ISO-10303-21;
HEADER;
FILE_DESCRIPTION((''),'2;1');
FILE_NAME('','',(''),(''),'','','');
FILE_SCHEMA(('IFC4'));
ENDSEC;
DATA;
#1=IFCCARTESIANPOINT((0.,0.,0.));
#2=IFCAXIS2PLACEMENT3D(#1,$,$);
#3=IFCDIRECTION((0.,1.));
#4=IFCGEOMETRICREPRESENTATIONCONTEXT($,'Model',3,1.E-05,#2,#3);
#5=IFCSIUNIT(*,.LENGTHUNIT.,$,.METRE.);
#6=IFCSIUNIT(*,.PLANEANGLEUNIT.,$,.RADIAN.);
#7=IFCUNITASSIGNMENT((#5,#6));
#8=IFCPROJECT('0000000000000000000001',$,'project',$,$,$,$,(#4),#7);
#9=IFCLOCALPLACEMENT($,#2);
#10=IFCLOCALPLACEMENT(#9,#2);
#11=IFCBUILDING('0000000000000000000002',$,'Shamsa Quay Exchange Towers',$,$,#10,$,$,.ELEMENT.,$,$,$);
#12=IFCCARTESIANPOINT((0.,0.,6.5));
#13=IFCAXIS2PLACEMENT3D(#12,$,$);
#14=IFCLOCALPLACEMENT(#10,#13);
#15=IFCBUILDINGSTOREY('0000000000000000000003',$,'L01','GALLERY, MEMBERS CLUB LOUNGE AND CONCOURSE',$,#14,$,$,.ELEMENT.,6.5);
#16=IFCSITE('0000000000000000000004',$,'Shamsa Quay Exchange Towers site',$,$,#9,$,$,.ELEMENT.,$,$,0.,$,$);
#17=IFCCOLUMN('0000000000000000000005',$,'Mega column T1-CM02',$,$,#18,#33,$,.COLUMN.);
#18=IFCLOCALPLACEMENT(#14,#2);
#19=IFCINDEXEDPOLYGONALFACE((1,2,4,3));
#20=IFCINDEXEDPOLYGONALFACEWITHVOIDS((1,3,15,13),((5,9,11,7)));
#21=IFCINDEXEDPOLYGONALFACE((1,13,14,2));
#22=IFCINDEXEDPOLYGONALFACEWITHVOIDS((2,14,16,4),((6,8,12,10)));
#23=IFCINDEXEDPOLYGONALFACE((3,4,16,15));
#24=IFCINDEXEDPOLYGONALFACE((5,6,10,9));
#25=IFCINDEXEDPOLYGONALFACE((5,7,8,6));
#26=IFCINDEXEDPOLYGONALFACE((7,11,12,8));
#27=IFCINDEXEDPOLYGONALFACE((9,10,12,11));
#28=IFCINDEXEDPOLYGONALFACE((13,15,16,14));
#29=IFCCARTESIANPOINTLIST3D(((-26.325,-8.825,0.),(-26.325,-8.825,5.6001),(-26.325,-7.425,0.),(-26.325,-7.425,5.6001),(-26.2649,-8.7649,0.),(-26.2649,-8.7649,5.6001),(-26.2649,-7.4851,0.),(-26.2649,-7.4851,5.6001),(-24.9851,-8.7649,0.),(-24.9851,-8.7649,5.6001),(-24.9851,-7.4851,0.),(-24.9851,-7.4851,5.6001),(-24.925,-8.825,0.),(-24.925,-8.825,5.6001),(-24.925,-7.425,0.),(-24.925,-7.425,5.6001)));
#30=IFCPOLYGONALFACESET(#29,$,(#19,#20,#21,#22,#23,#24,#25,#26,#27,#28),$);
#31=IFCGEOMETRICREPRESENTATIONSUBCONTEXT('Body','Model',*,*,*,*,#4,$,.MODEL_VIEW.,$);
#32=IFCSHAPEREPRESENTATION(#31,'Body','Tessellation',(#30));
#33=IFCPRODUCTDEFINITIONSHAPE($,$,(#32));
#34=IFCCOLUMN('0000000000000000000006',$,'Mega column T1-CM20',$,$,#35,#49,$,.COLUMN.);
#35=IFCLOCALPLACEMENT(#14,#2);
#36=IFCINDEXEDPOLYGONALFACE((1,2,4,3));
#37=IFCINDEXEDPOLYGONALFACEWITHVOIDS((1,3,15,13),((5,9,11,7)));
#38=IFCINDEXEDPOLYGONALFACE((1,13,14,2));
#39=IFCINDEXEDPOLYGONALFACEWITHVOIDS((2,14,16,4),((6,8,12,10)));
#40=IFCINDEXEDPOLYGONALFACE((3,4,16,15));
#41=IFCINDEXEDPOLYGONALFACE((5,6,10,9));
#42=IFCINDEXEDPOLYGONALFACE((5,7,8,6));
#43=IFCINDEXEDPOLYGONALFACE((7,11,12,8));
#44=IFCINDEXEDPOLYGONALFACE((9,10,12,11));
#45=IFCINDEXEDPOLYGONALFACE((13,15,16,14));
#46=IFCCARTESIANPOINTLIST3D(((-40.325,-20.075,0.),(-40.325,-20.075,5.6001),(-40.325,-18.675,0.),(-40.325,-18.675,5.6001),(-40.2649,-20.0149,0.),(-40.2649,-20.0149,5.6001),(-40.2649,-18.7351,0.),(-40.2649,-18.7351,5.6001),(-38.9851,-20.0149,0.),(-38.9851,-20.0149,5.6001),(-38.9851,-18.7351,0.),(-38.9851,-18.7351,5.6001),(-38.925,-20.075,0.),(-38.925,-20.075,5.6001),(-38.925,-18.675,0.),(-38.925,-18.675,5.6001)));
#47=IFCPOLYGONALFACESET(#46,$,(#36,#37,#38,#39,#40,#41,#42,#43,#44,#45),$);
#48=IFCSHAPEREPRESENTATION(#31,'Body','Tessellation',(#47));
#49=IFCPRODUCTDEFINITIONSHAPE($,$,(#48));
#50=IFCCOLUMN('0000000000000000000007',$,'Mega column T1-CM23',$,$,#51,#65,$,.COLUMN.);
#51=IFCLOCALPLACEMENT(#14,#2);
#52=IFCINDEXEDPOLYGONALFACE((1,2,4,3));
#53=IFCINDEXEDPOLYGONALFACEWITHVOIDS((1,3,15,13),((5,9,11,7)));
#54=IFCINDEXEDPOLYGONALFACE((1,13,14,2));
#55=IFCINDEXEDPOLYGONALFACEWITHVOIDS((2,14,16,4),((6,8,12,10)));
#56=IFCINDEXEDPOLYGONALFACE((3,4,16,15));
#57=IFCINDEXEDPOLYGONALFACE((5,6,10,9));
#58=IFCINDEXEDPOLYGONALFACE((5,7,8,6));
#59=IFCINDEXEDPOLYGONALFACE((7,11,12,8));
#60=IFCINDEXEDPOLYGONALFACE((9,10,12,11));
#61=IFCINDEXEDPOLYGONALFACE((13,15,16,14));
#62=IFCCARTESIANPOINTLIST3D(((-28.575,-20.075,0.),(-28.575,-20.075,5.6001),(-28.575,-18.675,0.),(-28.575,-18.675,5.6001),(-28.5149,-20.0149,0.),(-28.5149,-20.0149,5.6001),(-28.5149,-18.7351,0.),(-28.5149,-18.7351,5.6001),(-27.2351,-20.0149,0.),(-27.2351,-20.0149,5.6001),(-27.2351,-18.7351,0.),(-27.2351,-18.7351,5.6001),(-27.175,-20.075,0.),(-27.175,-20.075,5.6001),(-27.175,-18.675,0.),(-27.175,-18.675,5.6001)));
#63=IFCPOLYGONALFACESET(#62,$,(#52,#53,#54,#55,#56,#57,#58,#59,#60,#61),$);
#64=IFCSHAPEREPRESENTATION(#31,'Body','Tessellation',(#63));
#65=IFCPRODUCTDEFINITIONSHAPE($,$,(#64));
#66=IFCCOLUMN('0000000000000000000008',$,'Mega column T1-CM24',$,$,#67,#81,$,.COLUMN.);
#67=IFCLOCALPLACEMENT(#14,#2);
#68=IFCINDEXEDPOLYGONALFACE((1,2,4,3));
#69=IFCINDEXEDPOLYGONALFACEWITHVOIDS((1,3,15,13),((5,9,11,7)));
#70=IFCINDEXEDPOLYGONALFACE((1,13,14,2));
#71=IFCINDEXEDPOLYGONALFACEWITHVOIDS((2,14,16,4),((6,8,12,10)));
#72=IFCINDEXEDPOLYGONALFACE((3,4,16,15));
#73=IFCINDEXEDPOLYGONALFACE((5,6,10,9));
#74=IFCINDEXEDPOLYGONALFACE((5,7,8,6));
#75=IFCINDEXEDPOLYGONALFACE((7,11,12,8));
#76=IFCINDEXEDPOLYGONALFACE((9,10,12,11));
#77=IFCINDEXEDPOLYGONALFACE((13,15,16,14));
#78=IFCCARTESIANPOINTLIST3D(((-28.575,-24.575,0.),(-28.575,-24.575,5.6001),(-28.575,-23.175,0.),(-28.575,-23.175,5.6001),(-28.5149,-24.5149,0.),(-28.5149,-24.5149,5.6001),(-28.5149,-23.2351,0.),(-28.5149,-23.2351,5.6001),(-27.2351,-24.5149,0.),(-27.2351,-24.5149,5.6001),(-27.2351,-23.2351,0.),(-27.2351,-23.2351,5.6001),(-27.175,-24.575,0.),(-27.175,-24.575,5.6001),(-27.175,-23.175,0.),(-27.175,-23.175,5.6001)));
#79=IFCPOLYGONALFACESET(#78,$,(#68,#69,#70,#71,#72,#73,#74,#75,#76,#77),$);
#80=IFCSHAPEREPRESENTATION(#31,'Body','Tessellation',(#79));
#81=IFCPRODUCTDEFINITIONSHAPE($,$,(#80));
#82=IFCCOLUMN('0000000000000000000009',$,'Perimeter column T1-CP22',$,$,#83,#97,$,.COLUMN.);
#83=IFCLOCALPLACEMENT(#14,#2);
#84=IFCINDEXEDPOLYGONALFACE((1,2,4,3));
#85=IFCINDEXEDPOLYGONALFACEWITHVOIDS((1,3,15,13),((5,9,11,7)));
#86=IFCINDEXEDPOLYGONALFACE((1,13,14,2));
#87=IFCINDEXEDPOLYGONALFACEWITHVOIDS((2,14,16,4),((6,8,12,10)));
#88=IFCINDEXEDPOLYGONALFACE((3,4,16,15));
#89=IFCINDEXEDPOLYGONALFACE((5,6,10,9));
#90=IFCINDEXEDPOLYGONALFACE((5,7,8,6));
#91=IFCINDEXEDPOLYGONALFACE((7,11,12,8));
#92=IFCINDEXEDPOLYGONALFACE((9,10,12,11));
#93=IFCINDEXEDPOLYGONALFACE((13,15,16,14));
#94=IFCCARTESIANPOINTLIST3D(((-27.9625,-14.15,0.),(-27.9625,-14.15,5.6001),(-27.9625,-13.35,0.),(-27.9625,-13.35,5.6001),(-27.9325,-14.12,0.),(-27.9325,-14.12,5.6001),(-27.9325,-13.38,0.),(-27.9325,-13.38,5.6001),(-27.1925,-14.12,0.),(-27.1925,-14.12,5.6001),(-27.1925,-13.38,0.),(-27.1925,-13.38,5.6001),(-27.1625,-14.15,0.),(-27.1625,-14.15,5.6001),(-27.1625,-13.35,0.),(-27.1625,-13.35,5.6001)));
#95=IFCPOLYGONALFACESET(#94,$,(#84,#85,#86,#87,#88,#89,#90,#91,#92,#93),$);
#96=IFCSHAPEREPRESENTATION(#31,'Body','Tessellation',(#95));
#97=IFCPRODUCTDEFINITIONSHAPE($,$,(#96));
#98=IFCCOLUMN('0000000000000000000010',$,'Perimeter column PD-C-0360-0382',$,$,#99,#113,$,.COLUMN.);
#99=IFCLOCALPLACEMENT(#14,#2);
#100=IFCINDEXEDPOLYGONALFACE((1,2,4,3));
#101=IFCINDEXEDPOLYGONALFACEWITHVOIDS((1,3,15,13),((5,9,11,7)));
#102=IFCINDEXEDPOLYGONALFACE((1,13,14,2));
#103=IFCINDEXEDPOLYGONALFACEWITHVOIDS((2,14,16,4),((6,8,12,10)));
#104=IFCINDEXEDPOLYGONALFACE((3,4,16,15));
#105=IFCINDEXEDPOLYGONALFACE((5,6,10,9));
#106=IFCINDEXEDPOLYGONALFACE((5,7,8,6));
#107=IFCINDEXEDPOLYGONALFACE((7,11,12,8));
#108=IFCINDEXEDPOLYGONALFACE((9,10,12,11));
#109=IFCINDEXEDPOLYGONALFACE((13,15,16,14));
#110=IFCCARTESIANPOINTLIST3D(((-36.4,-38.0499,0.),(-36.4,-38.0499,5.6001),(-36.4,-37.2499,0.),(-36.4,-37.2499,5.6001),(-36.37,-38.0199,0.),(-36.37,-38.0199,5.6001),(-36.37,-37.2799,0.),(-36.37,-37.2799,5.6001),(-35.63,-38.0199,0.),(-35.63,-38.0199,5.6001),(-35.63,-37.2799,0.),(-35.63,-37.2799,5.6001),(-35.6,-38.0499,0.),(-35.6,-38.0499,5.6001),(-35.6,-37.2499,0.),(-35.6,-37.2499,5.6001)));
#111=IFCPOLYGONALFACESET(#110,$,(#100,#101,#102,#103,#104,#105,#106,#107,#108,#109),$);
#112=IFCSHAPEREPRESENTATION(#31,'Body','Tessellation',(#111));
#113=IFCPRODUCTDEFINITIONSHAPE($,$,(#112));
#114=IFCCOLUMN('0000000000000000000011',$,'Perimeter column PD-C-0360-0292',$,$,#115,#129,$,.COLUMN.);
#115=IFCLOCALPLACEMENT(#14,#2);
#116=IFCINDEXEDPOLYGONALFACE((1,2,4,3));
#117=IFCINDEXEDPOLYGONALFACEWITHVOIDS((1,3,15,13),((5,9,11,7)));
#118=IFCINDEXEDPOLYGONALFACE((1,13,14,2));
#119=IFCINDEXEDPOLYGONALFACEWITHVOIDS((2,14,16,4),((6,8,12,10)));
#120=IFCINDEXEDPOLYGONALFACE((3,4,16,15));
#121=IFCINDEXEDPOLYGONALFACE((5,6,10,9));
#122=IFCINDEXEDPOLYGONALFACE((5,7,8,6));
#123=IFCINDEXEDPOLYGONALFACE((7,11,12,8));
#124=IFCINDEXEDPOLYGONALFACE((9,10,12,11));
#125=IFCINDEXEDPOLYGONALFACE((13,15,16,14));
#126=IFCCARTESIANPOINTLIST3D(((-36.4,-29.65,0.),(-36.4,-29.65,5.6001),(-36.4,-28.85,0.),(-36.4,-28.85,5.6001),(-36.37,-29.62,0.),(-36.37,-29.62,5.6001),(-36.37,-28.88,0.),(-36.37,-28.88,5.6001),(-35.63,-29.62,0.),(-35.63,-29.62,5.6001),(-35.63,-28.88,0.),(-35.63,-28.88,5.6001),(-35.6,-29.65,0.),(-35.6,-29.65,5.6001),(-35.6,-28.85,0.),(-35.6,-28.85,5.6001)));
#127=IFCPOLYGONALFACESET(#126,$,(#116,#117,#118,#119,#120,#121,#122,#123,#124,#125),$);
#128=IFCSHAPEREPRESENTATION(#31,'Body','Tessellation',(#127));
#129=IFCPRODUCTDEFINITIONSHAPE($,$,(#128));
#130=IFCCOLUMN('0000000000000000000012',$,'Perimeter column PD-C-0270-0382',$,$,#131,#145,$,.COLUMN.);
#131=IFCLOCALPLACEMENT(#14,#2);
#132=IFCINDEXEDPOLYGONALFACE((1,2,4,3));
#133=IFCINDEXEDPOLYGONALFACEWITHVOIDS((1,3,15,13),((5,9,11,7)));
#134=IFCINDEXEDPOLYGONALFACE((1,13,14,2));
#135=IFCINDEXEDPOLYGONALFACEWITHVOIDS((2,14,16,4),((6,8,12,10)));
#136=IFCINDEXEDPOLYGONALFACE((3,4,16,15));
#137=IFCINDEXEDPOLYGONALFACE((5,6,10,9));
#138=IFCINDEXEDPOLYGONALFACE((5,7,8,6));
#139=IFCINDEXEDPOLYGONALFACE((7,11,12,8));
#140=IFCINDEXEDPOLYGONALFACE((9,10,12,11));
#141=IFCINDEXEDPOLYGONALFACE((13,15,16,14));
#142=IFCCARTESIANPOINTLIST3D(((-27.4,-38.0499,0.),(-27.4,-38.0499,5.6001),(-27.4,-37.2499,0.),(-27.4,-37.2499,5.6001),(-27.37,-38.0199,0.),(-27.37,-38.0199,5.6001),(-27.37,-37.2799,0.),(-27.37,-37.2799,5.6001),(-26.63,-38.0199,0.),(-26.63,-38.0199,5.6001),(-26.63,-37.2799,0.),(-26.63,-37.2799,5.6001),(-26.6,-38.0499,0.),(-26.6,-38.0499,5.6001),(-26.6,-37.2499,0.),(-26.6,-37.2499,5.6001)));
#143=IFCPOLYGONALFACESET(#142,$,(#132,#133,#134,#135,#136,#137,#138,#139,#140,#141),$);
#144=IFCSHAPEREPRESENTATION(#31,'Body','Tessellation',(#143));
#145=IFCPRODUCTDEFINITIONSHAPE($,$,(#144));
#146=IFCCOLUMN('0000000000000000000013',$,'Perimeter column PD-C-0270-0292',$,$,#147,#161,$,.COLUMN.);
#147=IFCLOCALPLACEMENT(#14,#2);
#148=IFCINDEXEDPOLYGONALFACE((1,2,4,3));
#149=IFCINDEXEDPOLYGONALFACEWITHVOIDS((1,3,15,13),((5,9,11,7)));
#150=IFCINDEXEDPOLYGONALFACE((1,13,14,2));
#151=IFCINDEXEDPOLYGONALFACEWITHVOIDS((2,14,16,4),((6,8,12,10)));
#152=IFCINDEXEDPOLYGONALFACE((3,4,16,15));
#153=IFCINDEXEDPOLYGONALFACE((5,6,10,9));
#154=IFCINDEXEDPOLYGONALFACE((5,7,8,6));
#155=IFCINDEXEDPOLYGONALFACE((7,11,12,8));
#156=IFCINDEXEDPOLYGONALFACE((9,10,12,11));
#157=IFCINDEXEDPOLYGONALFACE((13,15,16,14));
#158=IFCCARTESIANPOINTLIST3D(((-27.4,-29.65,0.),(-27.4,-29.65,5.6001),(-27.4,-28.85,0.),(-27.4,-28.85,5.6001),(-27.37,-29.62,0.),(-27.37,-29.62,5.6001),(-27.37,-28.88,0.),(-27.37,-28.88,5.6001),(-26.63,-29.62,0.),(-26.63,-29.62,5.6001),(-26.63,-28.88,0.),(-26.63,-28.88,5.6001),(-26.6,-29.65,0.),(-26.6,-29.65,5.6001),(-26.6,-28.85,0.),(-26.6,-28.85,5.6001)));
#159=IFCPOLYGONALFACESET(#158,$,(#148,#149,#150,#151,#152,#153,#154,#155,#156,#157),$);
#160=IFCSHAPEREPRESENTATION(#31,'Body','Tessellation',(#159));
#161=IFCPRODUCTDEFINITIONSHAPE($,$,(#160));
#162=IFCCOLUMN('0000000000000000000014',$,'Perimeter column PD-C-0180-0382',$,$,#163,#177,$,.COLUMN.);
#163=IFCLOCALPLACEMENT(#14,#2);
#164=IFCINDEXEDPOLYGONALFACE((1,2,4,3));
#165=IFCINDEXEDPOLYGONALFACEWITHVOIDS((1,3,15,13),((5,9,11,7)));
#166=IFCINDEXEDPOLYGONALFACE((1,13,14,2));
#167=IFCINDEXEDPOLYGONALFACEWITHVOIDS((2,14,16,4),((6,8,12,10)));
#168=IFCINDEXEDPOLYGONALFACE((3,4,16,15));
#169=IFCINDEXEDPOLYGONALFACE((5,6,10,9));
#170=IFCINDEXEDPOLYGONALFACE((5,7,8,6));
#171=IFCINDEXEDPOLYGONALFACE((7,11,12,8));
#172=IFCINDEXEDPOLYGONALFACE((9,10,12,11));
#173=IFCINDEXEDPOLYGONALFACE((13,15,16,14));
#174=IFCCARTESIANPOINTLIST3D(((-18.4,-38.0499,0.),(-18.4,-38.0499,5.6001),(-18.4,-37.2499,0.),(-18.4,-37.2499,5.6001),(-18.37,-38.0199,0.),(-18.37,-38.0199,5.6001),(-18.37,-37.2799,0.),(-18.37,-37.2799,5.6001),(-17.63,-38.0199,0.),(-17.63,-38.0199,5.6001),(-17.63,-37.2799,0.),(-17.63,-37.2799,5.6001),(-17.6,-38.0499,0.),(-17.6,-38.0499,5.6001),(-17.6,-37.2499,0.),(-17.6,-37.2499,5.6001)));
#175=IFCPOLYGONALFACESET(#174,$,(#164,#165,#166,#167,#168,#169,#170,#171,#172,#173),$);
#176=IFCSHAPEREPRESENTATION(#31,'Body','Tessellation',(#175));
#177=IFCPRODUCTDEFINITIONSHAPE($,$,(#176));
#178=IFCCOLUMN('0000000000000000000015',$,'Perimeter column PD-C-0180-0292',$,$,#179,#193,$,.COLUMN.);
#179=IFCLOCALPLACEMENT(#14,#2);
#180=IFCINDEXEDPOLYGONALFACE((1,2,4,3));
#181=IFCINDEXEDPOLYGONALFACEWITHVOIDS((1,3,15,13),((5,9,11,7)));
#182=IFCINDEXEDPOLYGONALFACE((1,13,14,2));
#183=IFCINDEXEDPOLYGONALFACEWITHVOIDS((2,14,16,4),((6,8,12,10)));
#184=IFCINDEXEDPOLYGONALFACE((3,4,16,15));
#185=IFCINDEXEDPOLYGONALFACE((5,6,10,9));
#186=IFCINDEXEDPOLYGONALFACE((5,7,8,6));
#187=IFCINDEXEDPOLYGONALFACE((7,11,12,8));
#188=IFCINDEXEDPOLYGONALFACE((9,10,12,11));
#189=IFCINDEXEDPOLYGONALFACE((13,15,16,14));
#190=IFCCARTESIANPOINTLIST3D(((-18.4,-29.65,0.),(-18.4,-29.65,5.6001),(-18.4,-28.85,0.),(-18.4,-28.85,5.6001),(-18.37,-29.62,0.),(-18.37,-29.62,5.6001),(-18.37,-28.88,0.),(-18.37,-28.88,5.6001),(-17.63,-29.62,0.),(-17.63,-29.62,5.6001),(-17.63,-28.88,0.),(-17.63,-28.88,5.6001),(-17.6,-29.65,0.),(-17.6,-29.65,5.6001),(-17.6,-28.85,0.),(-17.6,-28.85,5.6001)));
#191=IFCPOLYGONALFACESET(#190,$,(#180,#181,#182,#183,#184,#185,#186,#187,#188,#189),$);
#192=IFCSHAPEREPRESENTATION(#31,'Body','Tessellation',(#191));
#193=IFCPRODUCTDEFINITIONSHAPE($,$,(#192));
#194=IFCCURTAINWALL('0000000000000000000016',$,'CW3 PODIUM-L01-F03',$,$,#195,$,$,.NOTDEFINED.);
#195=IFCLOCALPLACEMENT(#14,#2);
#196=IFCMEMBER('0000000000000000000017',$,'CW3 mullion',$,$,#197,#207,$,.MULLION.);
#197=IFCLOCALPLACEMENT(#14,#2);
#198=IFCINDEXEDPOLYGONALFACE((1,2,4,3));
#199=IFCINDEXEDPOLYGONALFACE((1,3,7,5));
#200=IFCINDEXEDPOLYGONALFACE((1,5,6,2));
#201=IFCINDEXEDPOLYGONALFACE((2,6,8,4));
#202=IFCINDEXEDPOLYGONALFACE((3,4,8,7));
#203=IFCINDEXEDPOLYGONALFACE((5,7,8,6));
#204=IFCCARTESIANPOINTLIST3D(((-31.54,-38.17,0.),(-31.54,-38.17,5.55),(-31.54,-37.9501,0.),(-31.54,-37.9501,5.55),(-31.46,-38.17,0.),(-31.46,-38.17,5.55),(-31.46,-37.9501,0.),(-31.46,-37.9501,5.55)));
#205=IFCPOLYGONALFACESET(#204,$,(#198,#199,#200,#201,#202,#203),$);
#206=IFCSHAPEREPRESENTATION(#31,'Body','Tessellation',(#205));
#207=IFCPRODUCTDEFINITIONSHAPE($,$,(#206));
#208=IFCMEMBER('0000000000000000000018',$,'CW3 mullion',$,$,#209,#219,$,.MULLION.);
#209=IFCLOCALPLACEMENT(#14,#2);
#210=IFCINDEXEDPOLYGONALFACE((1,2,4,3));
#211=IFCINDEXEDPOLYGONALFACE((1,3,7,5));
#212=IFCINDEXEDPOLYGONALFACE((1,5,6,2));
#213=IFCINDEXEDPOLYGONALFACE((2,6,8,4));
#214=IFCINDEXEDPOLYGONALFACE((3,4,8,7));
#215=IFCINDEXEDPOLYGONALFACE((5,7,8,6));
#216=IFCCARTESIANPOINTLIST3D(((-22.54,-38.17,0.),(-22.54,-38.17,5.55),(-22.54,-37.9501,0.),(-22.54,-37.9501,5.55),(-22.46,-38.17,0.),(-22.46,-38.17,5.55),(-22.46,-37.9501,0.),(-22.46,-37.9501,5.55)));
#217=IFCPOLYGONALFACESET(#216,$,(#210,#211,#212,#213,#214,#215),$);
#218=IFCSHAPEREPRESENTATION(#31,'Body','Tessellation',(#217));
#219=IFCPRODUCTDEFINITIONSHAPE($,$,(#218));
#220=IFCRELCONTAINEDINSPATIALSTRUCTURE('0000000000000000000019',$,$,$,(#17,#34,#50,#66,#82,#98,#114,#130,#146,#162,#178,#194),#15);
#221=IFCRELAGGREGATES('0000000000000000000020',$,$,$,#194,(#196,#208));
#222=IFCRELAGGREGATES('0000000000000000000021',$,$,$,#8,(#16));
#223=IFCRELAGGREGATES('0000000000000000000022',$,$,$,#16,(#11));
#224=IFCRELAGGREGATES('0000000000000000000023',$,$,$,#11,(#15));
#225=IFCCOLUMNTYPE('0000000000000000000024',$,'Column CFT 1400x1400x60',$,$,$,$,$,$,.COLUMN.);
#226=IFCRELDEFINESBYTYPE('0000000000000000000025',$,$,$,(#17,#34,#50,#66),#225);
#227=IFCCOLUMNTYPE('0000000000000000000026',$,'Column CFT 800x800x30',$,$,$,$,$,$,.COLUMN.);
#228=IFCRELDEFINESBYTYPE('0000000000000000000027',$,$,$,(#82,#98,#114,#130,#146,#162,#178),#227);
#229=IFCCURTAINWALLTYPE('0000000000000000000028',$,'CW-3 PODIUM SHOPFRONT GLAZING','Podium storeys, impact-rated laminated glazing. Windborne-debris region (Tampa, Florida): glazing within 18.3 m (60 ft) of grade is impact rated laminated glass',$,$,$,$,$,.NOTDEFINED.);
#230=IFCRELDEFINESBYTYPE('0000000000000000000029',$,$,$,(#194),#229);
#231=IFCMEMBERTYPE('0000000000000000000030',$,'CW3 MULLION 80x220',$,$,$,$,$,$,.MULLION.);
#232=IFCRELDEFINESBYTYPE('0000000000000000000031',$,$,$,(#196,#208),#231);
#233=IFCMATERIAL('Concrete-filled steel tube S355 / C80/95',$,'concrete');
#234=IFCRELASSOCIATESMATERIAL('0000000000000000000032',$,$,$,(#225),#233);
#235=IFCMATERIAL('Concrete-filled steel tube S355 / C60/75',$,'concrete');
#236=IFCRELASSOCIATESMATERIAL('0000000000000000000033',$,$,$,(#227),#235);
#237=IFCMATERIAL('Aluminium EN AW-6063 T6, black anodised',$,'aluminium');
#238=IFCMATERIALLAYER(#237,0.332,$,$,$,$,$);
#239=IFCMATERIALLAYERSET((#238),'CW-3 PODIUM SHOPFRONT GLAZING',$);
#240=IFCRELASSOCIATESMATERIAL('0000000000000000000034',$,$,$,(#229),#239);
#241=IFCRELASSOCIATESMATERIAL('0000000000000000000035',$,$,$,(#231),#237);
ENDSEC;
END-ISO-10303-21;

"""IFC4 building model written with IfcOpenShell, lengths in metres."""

from ifc_helpers import new_model, si_unit, direction, frame, origin, origin_2d, place, context, subcontext, project, spatial, rectangle, hollow_rectangle, extrude, material, layer, layer_set, material_profile, profile_set, type_object, element, aggregate, save


model = new_model("IFC4")

# Units and contexts
model_context = context("Model", 3, precision=1e-05, world=origin(), true_north=direction((0.0, 1.0)))
body_context = subcontext(model_context, "Body", "Model", "MODEL_VIEW")
ifc_project = project(units=[si_unit("LENGTHUNIT", "METRE"), si_unit("PLANEANGLEUNIT", "RADIAN")], contexts=[model_context])

# Site, building, storey
site_placement = place(None, origin())
site = spatial("IfcSite", under=ifc_project, at=site_placement, Name="Shamsa Quay Exchange Towers site", CompositionType="ELEMENT", RefElevation=0.0)
building_placement = place(site_placement, origin())
building = spatial("IfcBuilding", under=site, at=building_placement, Name="Shamsa Quay Exchange Towers", CompositionType="ELEMENT")
storey_placement = place(building_placement, frame((0.0, 0.0, 6.5)))
storey = spatial("IfcBuildingStorey", under=building, at=storey_placement, Name="L01", Description="GALLERY, MEMBERS CLUB LOUNGE AND CONCOURSE", CompositionType="ELEMENT", Elevation=6.5)

# Columns
ifc_material_1 = material(Name="Concrete-filled steel tube S355 / C80/95", Category="concrete")
ifc_material_profile_1 = material_profile(ifc_material_1, hollow_rectangle(XDim=1.3999, YDim=1.3999, WallThickness=0.0601, at=origin_2d()), Name="CFT 1400x1400x60")
ifc_profile_set_1 = profile_set([ifc_material_profile_1], Name="Concrete-filled steel tube S355 / C80/95")
column_type_1 = type_object("IfcColumnType", Name="Column CFT 1400x1400x60", PredefinedType="COLUMN", material=ifc_profile_set_1)
for number, where, name in (
    (1, (-25.625, -8.125, 0.0), "Mega column T1-CM02"),
    (2, (-39.625, -19.375, 0.0), "Mega column T1-CM20"),
    (3, (-27.875, -19.375, 0.0), "Mega column T1-CM23"),
    (4, (-27.875, -23.875, 0.0), "Mega column T1-CM24"),
):
    element("IfcColumn", number, at=place(storey_placement, frame(where)), inside=storey, type_object=column_type_1, Name=name, PredefinedType="COLUMN", context=body_context, shape_type="SweptSolid", body=[
        extrude(hollow_rectangle(XDim=1.3999, YDim=1.3999, WallThickness=0.0601, at=origin_2d()), origin(), (0.0, 0.0, 1.0), 5.6001),
    ])
ifc_material_2 = material(Name="Concrete-filled steel tube S355 / C60/75", Category="concrete")
ifc_material_profile_2 = material_profile(ifc_material_2, hollow_rectangle(XDim=0.8, YDim=0.8, WallThickness=0.03, at=origin_2d()), Name="CFT 800x800x30")
ifc_profile_set_2 = profile_set([ifc_material_profile_2], Name="Concrete-filled steel tube S355 / C60/75")
column_type_2 = type_object("IfcColumnType", Name="Column CFT 800x800x30", PredefinedType="COLUMN", material=ifc_profile_set_2)
for number, where, name in (
    (5, (-27.5625, -13.75, 0.0), "Perimeter column T1-CP22"),
    (6, (-36.0, -37.6499, 0.0), "Perimeter column PD-C-0360-0382"),
    (7, (-36.0, -29.25, 0.0), "Perimeter column PD-C-0360-0292"),
    (8, (-27.0, -37.6499, 0.0), "Perimeter column PD-C-0270-0382"),
    (9, (-27.0, -29.25, 0.0), "Perimeter column PD-C-0270-0292"),
    (10, (-18.0, -37.6499, 0.0), "Perimeter column PD-C-0180-0382"),
    (11, (-18.0, -29.25, 0.0), "Perimeter column PD-C-0180-0292"),
):
    element("IfcColumn", number, at=place(storey_placement, frame(where)), inside=storey, type_object=column_type_2, Name=name, PredefinedType="COLUMN", context=body_context, shape_type="SweptSolid", body=[
        extrude(hollow_rectangle(XDim=0.8, YDim=0.8, WallThickness=0.03, at=origin_2d()), origin(), (0.0, 0.0, 1.0), 5.6001),
    ])

# Curtain wall, members
ifc_material_3 = material(Name="Aluminium EN AW-6063 T6, black anodised", Category="aluminium")
ifc_layer_1 = layer(ifc_material_3, 0.332)
ifc_layer_set_1 = layer_set([ifc_layer_1], Name="CW-3 PODIUM SHOPFRONT GLAZING")
curtain_wall_type = type_object("IfcCurtainWallType", Name="CW-3 PODIUM SHOPFRONT GLAZING", Description="Podium storeys, impact-rated laminated glazing. Windborne-debris region (Tampa, Florida): glazing within 18.3 m (60 ft) of grade is impact rated laminated glass", PredefinedType="NOTDEFINED", material=ifc_layer_set_1)
curtain_wall_placement = place(storey_placement, origin())
curtain_wall = element("IfcCurtainWall", 12, at=curtain_wall_placement, inside=storey, type_object=curtain_wall_type, Name="CW3 PODIUM-L01-F03", PredefinedType="NOTDEFINED")
ifc_material_profile_3 = material_profile(ifc_material_3, rectangle(XDim=0.22, YDim=0.0801, at=origin_2d()), Name="MU80x220")
ifc_profile_set_3 = profile_set([ifc_material_profile_3], Name="Aluminium EN AW-6063 T6, black anodised")
member_type_1 = type_object("IfcMemberType", Name="CW3 MULLION 80x220", PredefinedType="MULLION", material=ifc_profile_set_3)
member_1_placement = place(storey_placement, frame((-31.5, -38.0601, 0.0), z_axis=(0.0, 0.0, 1.0), x_axis=(0.0, 1.0, 0.0)))
member_1 = element("IfcMember", 13, at=member_1_placement, type_object=member_type_1, Name="CW3 mullion", PredefinedType="MULLION", context=body_context, shape_type="SweptSolid", body=[
    extrude(rectangle(XDim=0.22, YDim=0.0801, at=origin_2d()), origin(), (0.0, 0.0, 1.0), 5.55),
])
member_2_placement = place(storey_placement, frame((-22.5, -38.0601, 0.0), z_axis=(0.0, 0.0, 1.0), x_axis=(0.0, 1.0, 0.0)))
member_2 = element("IfcMember", 14, at=member_2_placement, type_object=member_type_1, Name="CW3 mullion", PredefinedType="MULLION", context=body_context, shape_type="SweptSolid", body=[
    extrude(rectangle(XDim=0.22, YDim=0.0801, at=origin_2d()), origin(), (0.0, 0.0, 1.0), 5.55),
])

aggregate(curtain_wall, [member_1, member_2])

save(model, "model.ifc")
